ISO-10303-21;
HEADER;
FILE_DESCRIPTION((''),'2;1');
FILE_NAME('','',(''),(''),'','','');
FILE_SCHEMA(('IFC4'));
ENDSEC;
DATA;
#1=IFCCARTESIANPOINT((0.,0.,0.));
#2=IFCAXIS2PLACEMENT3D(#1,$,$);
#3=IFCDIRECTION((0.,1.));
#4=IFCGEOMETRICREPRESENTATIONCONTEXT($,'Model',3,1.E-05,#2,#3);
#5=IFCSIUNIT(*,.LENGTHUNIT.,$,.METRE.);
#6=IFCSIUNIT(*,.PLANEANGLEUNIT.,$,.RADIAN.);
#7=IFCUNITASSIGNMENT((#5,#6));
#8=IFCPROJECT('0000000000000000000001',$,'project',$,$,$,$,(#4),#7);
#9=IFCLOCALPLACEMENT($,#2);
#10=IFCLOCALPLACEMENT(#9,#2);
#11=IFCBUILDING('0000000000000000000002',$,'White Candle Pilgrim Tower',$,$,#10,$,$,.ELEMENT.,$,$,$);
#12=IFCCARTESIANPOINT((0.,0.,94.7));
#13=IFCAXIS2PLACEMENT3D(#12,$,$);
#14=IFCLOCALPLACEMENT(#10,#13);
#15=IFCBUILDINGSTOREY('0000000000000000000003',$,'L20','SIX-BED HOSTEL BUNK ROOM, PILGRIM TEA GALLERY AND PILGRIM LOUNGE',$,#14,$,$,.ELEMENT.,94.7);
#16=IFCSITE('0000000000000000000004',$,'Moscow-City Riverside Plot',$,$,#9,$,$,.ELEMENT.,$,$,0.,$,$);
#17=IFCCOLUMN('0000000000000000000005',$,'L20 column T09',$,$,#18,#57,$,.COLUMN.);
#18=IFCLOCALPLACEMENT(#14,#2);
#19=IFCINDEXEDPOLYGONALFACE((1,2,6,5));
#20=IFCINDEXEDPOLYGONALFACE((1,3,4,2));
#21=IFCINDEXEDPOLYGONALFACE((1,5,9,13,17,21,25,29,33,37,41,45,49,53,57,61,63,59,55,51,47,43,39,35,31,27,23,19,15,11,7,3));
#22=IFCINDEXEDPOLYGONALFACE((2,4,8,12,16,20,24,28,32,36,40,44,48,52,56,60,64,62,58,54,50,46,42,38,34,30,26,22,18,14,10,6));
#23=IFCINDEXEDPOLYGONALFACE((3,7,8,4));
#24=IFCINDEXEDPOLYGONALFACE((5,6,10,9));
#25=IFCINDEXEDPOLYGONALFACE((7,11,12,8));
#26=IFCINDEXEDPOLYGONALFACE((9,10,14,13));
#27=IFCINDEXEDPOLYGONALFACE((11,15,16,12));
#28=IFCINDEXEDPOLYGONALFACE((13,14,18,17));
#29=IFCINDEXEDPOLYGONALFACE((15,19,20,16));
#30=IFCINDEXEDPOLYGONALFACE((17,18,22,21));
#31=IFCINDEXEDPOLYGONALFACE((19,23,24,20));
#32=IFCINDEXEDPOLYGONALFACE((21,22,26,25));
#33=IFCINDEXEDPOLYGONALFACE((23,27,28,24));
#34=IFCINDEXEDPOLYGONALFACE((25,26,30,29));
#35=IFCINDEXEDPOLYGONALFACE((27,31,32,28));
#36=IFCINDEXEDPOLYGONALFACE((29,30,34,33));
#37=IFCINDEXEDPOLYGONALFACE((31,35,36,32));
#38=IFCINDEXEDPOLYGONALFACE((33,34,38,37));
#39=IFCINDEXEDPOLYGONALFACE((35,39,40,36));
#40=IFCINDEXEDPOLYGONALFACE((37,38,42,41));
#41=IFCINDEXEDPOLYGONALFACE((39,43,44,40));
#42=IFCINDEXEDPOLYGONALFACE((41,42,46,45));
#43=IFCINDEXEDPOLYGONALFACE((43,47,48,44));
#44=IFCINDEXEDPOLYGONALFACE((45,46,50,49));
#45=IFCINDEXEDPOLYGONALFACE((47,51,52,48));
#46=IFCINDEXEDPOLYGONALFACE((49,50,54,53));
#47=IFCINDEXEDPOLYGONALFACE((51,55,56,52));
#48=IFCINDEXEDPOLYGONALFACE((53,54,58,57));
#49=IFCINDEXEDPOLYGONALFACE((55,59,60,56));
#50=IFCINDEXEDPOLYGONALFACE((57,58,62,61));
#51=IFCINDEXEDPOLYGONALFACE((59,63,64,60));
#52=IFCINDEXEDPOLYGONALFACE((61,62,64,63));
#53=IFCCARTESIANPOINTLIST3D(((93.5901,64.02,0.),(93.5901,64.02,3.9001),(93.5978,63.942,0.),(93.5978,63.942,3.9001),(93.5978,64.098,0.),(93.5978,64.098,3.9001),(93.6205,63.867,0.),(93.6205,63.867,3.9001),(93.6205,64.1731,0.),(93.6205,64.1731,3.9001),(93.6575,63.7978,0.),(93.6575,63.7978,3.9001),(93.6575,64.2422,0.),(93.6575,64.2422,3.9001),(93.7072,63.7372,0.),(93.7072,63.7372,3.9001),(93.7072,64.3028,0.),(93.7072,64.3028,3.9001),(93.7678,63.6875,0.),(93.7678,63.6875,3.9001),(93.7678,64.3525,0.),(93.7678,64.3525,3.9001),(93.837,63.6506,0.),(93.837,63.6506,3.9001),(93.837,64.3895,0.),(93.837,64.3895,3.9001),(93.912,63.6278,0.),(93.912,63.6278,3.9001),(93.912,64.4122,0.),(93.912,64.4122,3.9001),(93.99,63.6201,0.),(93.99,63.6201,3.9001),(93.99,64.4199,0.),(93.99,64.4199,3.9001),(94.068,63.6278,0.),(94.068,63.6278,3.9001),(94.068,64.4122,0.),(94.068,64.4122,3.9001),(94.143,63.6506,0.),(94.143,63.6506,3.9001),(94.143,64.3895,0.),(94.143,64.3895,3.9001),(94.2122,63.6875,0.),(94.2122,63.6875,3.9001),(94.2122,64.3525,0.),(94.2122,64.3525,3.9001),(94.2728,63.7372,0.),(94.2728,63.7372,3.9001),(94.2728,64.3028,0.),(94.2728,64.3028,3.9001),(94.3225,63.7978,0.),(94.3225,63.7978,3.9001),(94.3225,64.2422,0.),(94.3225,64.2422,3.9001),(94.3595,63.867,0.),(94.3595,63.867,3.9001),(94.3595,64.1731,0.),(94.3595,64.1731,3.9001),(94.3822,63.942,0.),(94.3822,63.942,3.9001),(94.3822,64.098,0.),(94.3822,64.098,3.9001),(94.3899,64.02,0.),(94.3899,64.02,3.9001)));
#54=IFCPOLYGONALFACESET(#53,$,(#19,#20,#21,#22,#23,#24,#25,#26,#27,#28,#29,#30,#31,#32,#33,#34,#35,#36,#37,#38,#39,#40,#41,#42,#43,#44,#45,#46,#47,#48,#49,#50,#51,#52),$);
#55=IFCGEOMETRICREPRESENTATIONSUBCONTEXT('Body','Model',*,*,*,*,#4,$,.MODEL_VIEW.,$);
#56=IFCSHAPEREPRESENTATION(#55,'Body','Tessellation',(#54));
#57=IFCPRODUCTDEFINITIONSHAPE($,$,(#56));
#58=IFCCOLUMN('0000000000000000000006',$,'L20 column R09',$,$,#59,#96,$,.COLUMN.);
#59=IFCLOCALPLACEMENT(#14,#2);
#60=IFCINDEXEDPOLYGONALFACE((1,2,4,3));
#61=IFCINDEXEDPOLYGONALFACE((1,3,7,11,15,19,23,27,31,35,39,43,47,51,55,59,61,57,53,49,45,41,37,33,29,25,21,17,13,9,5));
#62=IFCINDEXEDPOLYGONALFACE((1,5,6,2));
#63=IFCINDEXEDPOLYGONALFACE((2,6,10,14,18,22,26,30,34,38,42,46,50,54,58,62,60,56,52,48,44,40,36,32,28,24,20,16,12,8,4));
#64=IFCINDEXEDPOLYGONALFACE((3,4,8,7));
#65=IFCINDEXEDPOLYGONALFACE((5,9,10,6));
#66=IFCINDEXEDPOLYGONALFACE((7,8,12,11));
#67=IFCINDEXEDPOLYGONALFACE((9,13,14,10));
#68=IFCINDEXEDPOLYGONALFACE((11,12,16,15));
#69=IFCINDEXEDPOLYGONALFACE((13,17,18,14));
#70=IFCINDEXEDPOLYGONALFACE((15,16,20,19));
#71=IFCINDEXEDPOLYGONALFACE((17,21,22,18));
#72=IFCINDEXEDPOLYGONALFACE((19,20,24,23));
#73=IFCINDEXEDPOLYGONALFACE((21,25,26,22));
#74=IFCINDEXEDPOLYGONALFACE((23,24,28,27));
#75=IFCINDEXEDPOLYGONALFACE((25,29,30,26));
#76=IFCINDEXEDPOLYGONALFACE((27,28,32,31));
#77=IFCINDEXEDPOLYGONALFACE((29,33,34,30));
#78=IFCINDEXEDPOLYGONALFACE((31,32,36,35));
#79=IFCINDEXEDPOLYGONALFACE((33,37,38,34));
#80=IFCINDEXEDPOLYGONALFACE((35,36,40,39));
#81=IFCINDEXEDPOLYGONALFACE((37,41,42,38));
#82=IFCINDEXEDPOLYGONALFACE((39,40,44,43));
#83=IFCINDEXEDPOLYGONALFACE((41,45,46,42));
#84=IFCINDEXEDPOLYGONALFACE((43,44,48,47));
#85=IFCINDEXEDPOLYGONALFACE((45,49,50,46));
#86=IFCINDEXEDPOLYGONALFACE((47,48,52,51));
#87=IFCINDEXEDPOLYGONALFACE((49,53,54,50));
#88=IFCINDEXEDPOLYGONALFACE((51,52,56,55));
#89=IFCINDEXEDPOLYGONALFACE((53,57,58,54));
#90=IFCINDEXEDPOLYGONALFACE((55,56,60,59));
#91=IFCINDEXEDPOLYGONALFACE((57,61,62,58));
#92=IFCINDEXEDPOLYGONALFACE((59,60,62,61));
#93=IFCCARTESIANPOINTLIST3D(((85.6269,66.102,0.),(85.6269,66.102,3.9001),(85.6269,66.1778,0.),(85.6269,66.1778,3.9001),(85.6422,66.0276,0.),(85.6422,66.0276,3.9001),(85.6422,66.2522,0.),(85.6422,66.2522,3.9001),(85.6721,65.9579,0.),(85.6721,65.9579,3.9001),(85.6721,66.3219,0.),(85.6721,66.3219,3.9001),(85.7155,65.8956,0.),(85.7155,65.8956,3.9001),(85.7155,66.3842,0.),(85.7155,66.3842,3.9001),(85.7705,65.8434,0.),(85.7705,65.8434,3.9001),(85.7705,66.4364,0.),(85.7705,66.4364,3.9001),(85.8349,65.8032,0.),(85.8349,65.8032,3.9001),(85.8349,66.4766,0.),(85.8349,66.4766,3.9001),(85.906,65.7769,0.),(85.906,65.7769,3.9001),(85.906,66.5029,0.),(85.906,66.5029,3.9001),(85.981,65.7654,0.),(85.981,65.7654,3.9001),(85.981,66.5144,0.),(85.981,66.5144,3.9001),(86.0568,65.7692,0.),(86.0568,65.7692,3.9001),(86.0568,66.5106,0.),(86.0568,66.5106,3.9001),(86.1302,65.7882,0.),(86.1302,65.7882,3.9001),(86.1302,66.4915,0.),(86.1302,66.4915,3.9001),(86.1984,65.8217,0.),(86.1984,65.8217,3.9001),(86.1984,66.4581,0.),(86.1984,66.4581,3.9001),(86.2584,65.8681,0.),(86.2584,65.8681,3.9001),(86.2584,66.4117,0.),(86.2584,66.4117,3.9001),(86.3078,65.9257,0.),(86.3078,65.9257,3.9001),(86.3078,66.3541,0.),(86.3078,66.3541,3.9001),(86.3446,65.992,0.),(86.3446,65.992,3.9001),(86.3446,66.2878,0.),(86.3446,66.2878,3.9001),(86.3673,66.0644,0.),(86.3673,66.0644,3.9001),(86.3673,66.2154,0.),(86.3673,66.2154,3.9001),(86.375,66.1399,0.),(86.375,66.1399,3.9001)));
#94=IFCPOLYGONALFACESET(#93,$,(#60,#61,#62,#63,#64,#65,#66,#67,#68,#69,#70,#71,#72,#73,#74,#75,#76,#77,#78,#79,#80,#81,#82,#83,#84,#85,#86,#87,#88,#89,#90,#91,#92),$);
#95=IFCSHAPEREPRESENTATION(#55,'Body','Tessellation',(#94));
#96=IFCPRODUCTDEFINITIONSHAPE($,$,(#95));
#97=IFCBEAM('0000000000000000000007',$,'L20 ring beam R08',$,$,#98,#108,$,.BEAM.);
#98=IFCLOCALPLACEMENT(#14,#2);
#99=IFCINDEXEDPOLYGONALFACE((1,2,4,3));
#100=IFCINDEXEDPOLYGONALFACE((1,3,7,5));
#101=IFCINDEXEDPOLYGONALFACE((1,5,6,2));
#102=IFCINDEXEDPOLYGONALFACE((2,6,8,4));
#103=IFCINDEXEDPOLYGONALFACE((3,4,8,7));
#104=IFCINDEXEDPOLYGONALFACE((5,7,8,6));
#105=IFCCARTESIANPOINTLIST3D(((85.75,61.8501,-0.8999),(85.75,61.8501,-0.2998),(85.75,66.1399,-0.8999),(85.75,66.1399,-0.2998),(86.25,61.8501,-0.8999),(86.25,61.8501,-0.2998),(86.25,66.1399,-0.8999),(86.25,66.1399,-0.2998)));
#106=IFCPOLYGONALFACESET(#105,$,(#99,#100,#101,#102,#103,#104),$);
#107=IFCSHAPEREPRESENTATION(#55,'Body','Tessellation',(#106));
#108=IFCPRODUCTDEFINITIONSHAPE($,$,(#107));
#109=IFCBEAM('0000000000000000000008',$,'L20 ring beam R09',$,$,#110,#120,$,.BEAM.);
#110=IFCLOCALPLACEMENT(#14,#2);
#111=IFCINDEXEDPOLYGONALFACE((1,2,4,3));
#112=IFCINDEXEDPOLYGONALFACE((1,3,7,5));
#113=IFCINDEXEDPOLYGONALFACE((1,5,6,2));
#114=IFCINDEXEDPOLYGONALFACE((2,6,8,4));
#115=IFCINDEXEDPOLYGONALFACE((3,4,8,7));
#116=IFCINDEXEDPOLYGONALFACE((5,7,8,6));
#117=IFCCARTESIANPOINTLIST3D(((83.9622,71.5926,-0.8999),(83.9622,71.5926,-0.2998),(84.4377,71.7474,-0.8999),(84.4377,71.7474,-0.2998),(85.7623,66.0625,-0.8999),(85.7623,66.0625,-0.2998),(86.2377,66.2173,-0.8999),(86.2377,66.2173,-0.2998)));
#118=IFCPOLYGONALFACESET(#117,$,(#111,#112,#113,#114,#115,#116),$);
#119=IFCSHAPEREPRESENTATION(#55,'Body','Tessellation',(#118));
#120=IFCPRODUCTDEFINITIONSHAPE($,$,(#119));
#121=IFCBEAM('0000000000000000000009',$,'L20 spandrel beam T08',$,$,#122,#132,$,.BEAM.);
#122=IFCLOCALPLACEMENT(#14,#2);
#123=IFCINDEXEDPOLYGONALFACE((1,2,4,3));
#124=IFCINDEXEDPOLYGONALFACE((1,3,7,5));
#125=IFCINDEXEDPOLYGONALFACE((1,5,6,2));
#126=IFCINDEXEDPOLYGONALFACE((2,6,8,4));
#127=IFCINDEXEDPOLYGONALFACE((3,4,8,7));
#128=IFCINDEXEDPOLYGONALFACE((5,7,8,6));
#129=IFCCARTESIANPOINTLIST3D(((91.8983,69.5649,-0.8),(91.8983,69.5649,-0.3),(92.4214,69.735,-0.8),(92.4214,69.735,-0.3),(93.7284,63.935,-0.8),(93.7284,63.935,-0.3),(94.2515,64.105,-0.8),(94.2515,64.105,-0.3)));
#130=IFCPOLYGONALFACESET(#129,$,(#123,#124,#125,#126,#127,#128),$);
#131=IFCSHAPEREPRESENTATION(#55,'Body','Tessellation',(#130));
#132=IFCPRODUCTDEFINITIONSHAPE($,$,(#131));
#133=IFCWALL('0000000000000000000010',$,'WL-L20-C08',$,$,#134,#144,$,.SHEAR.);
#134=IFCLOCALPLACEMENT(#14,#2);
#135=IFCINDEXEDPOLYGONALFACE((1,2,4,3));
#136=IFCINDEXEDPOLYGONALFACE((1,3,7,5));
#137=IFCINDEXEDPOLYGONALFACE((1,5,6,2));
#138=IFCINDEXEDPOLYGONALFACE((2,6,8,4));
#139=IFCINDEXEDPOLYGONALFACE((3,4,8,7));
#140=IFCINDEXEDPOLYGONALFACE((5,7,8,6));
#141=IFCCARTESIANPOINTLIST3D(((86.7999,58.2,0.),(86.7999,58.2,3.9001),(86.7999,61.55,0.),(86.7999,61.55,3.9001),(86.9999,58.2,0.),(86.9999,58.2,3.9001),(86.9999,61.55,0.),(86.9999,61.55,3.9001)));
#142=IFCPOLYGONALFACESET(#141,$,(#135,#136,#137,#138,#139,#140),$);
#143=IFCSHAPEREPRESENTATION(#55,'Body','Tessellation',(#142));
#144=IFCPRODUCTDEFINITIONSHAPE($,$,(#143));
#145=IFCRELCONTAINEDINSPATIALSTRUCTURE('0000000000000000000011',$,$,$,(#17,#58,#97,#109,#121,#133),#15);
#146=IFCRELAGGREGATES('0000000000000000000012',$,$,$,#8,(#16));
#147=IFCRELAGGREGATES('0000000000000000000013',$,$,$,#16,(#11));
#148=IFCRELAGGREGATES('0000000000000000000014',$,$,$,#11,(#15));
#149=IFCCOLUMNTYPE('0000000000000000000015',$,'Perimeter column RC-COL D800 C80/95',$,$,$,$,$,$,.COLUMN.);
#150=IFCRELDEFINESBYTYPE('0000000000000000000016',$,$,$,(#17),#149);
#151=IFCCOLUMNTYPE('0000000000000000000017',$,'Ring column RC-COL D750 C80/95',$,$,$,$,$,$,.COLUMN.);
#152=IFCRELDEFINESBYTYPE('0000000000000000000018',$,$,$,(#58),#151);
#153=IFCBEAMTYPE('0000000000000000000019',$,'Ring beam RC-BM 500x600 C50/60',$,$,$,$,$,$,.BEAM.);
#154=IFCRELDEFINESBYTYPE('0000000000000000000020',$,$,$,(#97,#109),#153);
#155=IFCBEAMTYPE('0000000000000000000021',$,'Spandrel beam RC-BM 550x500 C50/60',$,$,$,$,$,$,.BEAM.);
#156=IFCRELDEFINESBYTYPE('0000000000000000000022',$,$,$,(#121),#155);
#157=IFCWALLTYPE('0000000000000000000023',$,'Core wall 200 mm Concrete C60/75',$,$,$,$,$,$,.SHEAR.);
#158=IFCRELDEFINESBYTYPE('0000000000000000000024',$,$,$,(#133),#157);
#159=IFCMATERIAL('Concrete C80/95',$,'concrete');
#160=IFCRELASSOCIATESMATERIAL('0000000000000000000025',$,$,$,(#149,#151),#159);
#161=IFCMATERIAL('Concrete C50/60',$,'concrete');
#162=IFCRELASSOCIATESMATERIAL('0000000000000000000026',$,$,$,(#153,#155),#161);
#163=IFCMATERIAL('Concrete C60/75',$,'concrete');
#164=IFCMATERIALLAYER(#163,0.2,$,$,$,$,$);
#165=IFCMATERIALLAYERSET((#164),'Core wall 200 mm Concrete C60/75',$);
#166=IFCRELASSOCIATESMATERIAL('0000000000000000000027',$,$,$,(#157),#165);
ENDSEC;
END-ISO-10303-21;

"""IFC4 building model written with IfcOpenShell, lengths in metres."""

from ifc_helpers import new_model, si_unit, direction, frame, frame_2d, origin, origin_2d, place, context, subcontext, project, spatial, rectangle, circle, extrude, material, layer, layer_set, material_profile, profile_set, type_object, element, save


model = new_model("IFC4")

# Units and contexts
model_context = context("Model", 3, precision=1e-05, world=origin(), true_north=direction((0.0, 1.0)))
body_context = subcontext(model_context, "Body", "Model", "MODEL_VIEW")
ifc_project = project(units=[si_unit("LENGTHUNIT", "METRE"), si_unit("PLANEANGLEUNIT", "RADIAN")], contexts=[model_context])

# Site, building, storey
site_placement = place(None, origin())
site = spatial("IfcSite", under=ifc_project, at=site_placement, Name="Moscow-City Riverside Plot", CompositionType="ELEMENT", RefElevation=0.0)
building_placement = place(site_placement, origin())
building = spatial("IfcBuilding", under=site, at=building_placement, Name="White Candle Pilgrim Tower", CompositionType="ELEMENT")
storey_placement = place(building_placement, frame((0.0, 0.0, 94.7)))
storey = spatial("IfcBuildingStorey", under=building, at=storey_placement, Name="L20", Description="SIX-BED HOSTEL BUNK ROOM, PILGRIM TEA GALLERY AND PILGRIM LOUNGE", CompositionType="ELEMENT", Elevation=94.7)

# Columns
ifc_material_1 = material(Name="Concrete C80/95", Category="concrete")
ifc_material_profile_1 = material_profile(ifc_material_1, circle(Radius=0.3999, at=origin_2d()), Name="RC-COL D800")
ifc_profile_set_1 = profile_set([ifc_material_profile_1], Name="Concrete C80/95")
column_type_1 = type_object("IfcColumnType", Name="Perimeter column RC-COL D800 C80/95", PredefinedType="COLUMN", material=ifc_profile_set_1)
column_1_placement = place(storey_placement, frame((93.99, 64.02, 0.0), z_axis=(0.0, 0.0, 1.0), x_axis=(1.0, 0.0, 0.0)))
element("IfcColumn", 1, at=column_1_placement, inside=storey, type_object=column_type_1, Name="L20 column T09", PredefinedType="COLUMN", context=body_context, shape_type="SweptSolid", body=[
    extrude(circle(Radius=0.3999, at=origin_2d()), origin(), (0.0, 0.0, 1.0), 3.9001),
])
ifc_material_profile_2 = material_profile(ifc_material_1, circle(Radius=0.375, at=origin_2d()), Name="RC-COL D750")
ifc_profile_set_2 = profile_set([ifc_material_profile_2], Name="Concrete C80/95")
column_type_2 = type_object("IfcColumnType", Name="Ring column RC-COL D750 C80/95", PredefinedType="COLUMN", material=ifc_profile_set_2)
column_2_placement = place(storey_placement, frame((86.0, 66.1399, 0.0), z_axis=(0.0, 0.0, 1.0), x_axis=(1.0, 0.0, 0.0)))
element("IfcColumn", 2, at=column_2_placement, inside=storey, type_object=column_type_2, Name="L20 column R09", PredefinedType="COLUMN", context=body_context, shape_type="SweptSolid", body=[
    extrude(circle(Radius=0.375, at=origin_2d()), origin(), (0.0, 0.0, 1.0), 3.9001),
])

# Beams
ifc_material_2 = material(Name="Concrete C50/60", Category="concrete")
ifc_material_profile_3 = material_profile(ifc_material_2, rectangle(XDim=0.5, YDim=0.6001, at=origin_2d()), Name="RC-BM 500x600")
ifc_profile_set_3 = profile_set([ifc_material_profile_3], Name="Concrete C50/60")
beam_type_1 = type_object("IfcBeamType", Name="Ring beam RC-BM 500x600 C50/60", PredefinedType="BEAM", material=ifc_profile_set_3)
beam_1_placement = place(storey_placement, frame((86.0, 66.1399, -0.5999), z_axis=(0.0, -1.0, 0.0), x_axis=(1.0, 0.0, 0.0)))
element("IfcBeam", 3, at=beam_1_placement, inside=storey, type_object=beam_type_1, Name="L20 ring beam R08", PredefinedType="BEAM", context=body_context, shape_type="SweptSolid", body=[
    extrude(rectangle(XDim=0.5, YDim=0.6001, at=origin_2d()), origin(), (0.0, 0.0, 1.0), 4.2898),
])
beam_2_placement = place(storey_placement, frame((86.0, 66.1399, -0.5999), z_axis=(-0.30952, 0.950893, 0.0), x_axis=(-0.950893, -0.30952, 0.0)))
element("IfcBeam", 4, at=beam_2_placement, inside=storey, type_object=beam_type_1, Name="L20 ring beam R09", PredefinedType="BEAM", context=body_context, shape_type="SweptSolid", body=[
    extrude(rectangle(XDim=0.5, YDim=0.6001, at=origin_2d()), origin(), (0.0, 0.0, 1.0), 5.8157),
])
ifc_material_profile_4 = material_profile(ifc_material_2, rectangle(XDim=0.55, YDim=0.5, at=origin_2d()), Name="RC-BM 550x500")
ifc_profile_set_4 = profile_set([ifc_material_profile_4], Name="Concrete C50/60")
beam_type_2 = type_object("IfcBeamType", Name="Spandrel beam RC-BM 550x500 C50/60", PredefinedType="BEAM", material=ifc_profile_set_4)
beam_3_placement = place(storey_placement, frame((93.99, 64.02, -0.55), z_axis=(-0.309142, 0.951016, 0.0), x_axis=(-0.951016, -0.309142, 0.0)))
element("IfcBeam", 5, at=beam_3_placement, inside=storey, type_object=beam_type_2, Name="L20 spandrel beam T08", PredefinedType="BEAM", context=body_context, shape_type="SweptSolid", body=[
    extrude(rectangle(XDim=0.55, YDim=0.5, at=origin_2d()), origin(), (0.0, 0.0, 1.0), 5.9199),
])

# Wall
ifc_material_3 = material(Name="Concrete C60/75", Category="concrete")
ifc_layer_1 = layer(ifc_material_3, 0.2)
ifc_layer_set_1 = layer_set([ifc_layer_1], Name="Core wall 200 mm Concrete C60/75")
wall_type_1 = type_object("IfcWallType", Name="Core wall 200 mm Concrete C60/75", PredefinedType="SHEAR", material=ifc_layer_set_1)
wall_1_placement = place(storey_placement, frame((86.8999, 58.2, 0.0), z_axis=(0.0, 0.0, 1.0), x_axis=(0.0, 1.0, 0.0)))
element("IfcWall", 6, at=wall_1_placement, inside=storey, type_object=wall_type_1, Name="WL-L20-C08", PredefinedType="SHEAR", context=body_context, shape_type="SweptSolid", body=[
    extrude(rectangle(XDim=3.3501, YDim=0.2, at=frame_2d((1.675, 0.0))), origin(), (0.0, 0.0, 1.0), 3.9001),
])

save(model, "model.ifc")
